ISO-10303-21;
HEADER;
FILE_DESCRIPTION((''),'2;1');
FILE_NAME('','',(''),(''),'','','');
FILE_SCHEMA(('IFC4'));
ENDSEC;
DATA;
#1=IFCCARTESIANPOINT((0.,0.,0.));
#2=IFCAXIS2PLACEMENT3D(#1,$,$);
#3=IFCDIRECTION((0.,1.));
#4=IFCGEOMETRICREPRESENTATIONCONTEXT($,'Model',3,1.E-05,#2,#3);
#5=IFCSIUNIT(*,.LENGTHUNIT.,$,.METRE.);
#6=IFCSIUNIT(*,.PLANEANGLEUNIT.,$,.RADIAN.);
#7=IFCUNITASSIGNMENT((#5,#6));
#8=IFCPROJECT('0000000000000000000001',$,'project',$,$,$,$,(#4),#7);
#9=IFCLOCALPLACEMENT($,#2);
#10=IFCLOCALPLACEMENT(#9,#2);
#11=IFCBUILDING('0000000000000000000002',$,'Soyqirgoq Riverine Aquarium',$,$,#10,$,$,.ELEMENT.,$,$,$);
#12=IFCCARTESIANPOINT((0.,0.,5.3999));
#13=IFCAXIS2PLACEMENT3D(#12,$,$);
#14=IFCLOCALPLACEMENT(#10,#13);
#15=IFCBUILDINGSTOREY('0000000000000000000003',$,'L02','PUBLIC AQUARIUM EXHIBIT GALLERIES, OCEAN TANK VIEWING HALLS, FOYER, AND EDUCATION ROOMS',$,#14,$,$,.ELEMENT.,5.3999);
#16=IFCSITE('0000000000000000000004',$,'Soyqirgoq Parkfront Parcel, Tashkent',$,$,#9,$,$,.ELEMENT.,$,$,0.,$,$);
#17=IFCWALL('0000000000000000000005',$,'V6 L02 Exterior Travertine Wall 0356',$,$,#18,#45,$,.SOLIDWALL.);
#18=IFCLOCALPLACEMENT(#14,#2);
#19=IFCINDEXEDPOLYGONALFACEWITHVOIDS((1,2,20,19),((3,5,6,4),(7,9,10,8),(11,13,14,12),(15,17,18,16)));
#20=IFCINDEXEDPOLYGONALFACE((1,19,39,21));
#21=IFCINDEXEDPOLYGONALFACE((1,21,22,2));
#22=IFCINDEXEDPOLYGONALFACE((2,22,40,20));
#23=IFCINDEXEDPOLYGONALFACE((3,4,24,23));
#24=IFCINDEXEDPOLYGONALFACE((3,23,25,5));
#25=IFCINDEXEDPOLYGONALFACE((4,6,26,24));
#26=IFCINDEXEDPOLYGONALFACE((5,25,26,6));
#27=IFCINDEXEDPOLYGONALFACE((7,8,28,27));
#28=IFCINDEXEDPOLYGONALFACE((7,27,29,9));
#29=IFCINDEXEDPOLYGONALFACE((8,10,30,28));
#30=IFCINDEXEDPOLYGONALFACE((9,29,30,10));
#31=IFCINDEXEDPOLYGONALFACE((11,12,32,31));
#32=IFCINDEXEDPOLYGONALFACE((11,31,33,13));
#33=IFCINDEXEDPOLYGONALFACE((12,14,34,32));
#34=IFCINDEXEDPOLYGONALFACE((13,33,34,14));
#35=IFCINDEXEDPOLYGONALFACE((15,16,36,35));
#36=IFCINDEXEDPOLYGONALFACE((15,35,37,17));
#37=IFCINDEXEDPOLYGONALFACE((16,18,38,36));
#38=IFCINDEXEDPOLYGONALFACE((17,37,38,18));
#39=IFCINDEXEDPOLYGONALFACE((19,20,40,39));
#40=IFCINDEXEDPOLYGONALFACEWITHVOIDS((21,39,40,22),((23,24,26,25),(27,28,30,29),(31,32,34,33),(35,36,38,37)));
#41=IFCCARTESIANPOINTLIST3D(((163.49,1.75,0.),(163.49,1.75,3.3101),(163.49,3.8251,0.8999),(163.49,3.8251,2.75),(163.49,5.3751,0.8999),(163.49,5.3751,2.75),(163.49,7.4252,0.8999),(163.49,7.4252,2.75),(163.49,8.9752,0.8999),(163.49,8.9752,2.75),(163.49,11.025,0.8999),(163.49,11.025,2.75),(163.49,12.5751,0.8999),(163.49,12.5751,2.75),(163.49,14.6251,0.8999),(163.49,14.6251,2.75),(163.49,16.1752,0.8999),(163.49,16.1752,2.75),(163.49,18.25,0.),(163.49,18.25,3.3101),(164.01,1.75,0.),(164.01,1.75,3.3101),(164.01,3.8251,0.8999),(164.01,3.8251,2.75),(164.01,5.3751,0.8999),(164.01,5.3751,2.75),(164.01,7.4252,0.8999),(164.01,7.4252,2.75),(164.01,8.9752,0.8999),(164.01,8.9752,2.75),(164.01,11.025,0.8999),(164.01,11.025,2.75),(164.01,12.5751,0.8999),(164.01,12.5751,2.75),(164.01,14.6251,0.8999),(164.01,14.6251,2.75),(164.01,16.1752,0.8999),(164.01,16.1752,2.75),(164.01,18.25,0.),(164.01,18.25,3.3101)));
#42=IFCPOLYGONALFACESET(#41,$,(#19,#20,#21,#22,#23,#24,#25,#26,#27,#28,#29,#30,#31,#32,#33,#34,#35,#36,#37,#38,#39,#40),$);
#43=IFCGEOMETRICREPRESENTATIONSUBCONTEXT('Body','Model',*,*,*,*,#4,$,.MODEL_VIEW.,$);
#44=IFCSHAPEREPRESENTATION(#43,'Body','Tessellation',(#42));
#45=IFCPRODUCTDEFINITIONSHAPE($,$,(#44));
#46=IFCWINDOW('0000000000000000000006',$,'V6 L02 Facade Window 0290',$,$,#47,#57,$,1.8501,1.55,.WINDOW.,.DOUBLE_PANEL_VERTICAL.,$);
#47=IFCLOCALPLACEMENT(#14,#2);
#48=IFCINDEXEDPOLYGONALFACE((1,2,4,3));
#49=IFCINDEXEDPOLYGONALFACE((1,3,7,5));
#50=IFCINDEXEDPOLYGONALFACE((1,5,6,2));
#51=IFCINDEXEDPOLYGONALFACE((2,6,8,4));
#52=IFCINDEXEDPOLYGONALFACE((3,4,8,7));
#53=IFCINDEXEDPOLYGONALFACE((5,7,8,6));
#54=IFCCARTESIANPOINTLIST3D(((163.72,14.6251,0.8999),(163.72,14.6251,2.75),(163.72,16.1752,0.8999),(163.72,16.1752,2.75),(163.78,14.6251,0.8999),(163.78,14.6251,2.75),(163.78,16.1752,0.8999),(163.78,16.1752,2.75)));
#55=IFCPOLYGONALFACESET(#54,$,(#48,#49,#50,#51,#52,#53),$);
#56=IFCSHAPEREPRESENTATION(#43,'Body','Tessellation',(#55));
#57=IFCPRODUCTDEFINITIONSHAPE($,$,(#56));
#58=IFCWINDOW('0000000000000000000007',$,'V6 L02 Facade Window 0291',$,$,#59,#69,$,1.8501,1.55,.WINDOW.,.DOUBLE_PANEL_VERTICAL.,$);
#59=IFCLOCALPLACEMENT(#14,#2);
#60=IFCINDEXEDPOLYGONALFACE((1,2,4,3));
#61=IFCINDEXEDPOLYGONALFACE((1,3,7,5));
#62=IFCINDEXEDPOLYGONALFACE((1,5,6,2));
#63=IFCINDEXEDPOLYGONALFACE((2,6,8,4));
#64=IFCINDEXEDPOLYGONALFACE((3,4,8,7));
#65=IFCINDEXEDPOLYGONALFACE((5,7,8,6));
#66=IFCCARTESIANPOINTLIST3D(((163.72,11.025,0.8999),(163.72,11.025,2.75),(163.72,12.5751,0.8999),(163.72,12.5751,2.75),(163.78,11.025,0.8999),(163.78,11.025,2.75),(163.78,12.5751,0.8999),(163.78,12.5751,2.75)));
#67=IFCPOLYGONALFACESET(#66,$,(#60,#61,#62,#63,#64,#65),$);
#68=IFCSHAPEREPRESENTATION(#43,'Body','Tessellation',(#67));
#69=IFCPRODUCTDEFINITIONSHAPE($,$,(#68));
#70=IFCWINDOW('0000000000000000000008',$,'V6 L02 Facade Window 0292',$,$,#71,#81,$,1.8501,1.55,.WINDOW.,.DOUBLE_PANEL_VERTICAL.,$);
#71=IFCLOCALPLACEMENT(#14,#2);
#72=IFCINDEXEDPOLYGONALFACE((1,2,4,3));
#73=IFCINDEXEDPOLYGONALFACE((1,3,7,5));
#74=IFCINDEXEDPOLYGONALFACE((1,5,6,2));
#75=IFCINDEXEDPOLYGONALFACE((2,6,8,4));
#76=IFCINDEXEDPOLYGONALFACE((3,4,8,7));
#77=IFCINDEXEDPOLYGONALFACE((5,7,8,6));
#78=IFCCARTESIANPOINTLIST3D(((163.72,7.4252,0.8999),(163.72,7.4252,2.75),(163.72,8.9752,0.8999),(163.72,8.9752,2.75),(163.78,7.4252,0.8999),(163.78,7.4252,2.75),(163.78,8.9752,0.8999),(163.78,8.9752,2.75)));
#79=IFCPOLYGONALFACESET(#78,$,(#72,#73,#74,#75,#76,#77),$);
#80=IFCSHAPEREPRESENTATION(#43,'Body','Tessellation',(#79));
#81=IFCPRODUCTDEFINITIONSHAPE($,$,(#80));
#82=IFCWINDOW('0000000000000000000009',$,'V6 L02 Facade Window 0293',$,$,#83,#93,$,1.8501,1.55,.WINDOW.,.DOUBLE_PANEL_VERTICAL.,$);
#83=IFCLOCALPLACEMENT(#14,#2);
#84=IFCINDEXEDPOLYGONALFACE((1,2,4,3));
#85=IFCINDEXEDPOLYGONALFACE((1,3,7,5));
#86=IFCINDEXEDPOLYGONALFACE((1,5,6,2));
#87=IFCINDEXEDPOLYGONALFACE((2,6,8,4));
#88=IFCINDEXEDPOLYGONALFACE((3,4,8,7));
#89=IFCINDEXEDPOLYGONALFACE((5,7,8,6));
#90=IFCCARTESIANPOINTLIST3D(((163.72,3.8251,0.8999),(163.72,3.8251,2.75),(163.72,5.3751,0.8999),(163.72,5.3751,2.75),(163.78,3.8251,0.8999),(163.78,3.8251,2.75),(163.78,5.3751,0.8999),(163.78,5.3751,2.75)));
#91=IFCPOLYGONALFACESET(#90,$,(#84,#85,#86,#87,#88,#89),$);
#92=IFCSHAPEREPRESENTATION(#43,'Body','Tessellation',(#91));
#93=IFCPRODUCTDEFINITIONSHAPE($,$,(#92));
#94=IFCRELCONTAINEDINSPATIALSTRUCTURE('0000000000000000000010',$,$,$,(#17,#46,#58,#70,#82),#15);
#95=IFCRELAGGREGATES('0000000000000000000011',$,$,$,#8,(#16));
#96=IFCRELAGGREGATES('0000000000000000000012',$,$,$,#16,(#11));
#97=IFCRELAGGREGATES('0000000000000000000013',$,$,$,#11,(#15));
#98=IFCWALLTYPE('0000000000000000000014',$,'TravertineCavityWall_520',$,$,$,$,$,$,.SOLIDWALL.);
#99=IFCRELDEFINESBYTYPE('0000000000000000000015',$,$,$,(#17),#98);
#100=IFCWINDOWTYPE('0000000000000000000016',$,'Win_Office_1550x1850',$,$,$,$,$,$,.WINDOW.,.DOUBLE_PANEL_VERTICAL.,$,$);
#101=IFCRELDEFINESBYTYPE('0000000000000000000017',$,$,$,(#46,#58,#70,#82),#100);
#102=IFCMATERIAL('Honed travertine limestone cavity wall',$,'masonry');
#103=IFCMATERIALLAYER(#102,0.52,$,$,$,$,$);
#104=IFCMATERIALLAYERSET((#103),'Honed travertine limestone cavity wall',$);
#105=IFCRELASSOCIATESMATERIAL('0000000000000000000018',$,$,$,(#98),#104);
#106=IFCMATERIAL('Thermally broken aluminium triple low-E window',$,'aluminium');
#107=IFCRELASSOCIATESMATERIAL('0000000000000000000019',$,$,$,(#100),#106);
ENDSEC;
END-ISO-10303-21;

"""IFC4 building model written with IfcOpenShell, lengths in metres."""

from ifc_helpers import new_model, si_unit, direction, frame, frame_2d, origin, place, context, subcontext, project, spatial, rectangle, extrude, material, layer, layer_set, type_object, element, fill, save


model = new_model("IFC4")

# Units and contexts
model_context = context("Model", 3, precision=1e-05, world=origin(), true_north=direction((0.0, 1.0)))
body_context = subcontext(model_context, "Body", "Model", "MODEL_VIEW")
ifc_project = project(units=[si_unit("LENGTHUNIT", "METRE"), si_unit("PLANEANGLEUNIT", "RADIAN")], contexts=[model_context])

# Site, building, storey
site_placement = place(None, origin())
site = spatial("IfcSite", under=ifc_project, at=site_placement, Name="Soyqirgoq Parkfront Parcel, Tashkent", CompositionType="ELEMENT", RefElevation=0.0)
building_placement = place(site_placement, origin())
building = spatial("IfcBuilding", under=site, at=building_placement, Name="Soyqirgoq Riverine Aquarium", CompositionType="ELEMENT")
storey_placement = place(building_placement, frame((0.0, 0.0, 5.3999)))
storey = spatial("IfcBuildingStorey", under=building, at=storey_placement, Name="L02", Description="PUBLIC AQUARIUM EXHIBIT GALLERIES, OCEAN TANK VIEWING HALLS, FOYER, AND EDUCATION ROOMS", CompositionType="ELEMENT", Elevation=5.3999)

# Wall, openings, windows
ifc_material_1 = material(Name="Honed travertine limestone cavity wall", Category="masonry")
ifc_layer_1 = layer(ifc_material_1, 0.52)
ifc_layer_set_1 = layer_set([ifc_layer_1], Name="Honed travertine limestone cavity wall")
wall_type = type_object("IfcWallType", Name="TravertineCavityWall_520", PredefinedType="SOLIDWALL", material=ifc_layer_set_1)
wall_placement = place(storey_placement, frame((163.75, 18.25, 0.0), z_axis=(0.0, 0.0, 1.0), x_axis=(0.0, -1.0, 0.0)))
wall = element("IfcWall", 1, at=wall_placement, inside=storey, type_object=wall_type, Name="V6 L02 Exterior Travertine Wall 0356", PredefinedType="SOLIDWALL", context=body_context, shape_type="SweptSolid", body=[
    extrude(rectangle(XDim=16.5, YDim=0.52, at=frame_2d((8.25, 0.0))), origin(), (0.0, 0.0, 1.0), 3.3101),
])
opening_1_placement = place(wall_placement, frame((2.075, 0.0, 0.8999)))
opening_1 = element("IfcOpeningElement", 2, at=opening_1_placement, cuts=wall, PredefinedType="OPENING", context=body_context, shape_type="SweptSolid", body=[
    extrude(rectangle(XDim=1.55, YDim=1.8501, at=frame_2d((0.7749, 0.925))), frame((0.0, 0.27, 0.0), z_axis=(0.0, -1.0, 0.0), x_axis=(1.0, 0.0, 0.0)), (0.0, 0.0, 1.0), 0.54),
])
opening_2_placement = place(wall_placement, frame((5.675, 0.0, 0.8999)))
opening_2 = element("IfcOpeningElement", 3, at=opening_2_placement, cuts=wall, PredefinedType="OPENING", context=body_context, shape_type="SweptSolid", body=[
    extrude(rectangle(XDim=1.55, YDim=1.8501, at=frame_2d((0.7749, 0.925))), frame((0.0, 0.27, 0.0), z_axis=(0.0, -1.0, 0.0), x_axis=(1.0, 0.0, 0.0)), (0.0, 0.0, 1.0), 0.54),
])
opening_3_placement = place(wall_placement, frame((9.2749, 0.0, 0.8999)))
opening_3 = element("IfcOpeningElement", 4, at=opening_3_placement, cuts=wall, PredefinedType="OPENING", context=body_context, shape_type="SweptSolid", body=[
    extrude(rectangle(XDim=1.55, YDim=1.8501, at=frame_2d((0.7749, 0.925))), frame((0.0, 0.27, 0.0), z_axis=(0.0, -1.0, 0.0), x_axis=(1.0, 0.0, 0.0)), (0.0, 0.0, 1.0), 0.54),
])
opening_4_placement = place(wall_placement, frame((12.875, 0.0, 0.8999)))
opening_4 = element("IfcOpeningElement", 5, at=opening_4_placement, cuts=wall, PredefinedType="OPENING", context=body_context, shape_type="SweptSolid", body=[
    extrude(rectangle(XDim=1.55, YDim=1.8501, at=frame_2d((0.7749, 0.925))), frame((0.0, 0.27, 0.0), z_axis=(0.0, -1.0, 0.0), x_axis=(1.0, 0.0, 0.0)), (0.0, 0.0, 1.0), 0.54),
])
ifc_material_2 = material(Name="Thermally broken aluminium triple low-E window", Category="aluminium")
window_type = type_object("IfcWindowType", Name="Win_Office_1550x1850", PartitioningType="DOUBLE_PANEL_VERTICAL", PredefinedType="WINDOW", material=ifc_material_2)
window_1_placement = place(opening_1_placement, origin())
window_1 = element("IfcWindow", 6, at=window_1_placement, inside=storey, type_object=window_type, Name="V6 L02 Facade Window 0290", OverallHeight=1.8501, OverallWidth=1.55, PartitioningType="DOUBLE_PANEL_VERTICAL", PredefinedType="WINDOW", context=body_context, shape_type="SweptSolid", body=[
    extrude(rectangle(XDim=1.55, YDim=1.8501, at=frame_2d((0.7749, 0.925))), frame((0.0, 0.03, 0.0), z_axis=(0.0, -1.0, 0.0), x_axis=(1.0, 0.0, 0.0)), (0.0, 0.0, 1.0), 0.0601),
])
fill(opening_1, window_1)
window_2_placement = place(opening_2_placement, origin())
window_2 = element("IfcWindow", 7, at=window_2_placement, inside=storey, type_object=window_type, Name="V6 L02 Facade Window 0291", OverallHeight=1.8501, OverallWidth=1.55, PartitioningType="DOUBLE_PANEL_VERTICAL", PredefinedType="WINDOW", context=body_context, shape_type="SweptSolid", body=[
    extrude(rectangle(XDim=1.55, YDim=1.8501, at=frame_2d((0.7749, 0.925))), frame((0.0, 0.03, 0.0), z_axis=(0.0, -1.0, 0.0), x_axis=(1.0, 0.0, 0.0)), (0.0, 0.0, 1.0), 0.0601),
])
fill(opening_2, window_2)
window_3_placement = place(opening_3_placement, origin())
window_3 = element("IfcWindow", 8, at=window_3_placement, inside=storey, type_object=window_type, Name="V6 L02 Facade Window 0292", OverallHeight=1.8501, OverallWidth=1.55, PartitioningType="DOUBLE_PANEL_VERTICAL", PredefinedType="WINDOW", context=body_context, shape_type="SweptSolid", body=[
    extrude(rectangle(XDim=1.55, YDim=1.8501, at=frame_2d((0.7749, 0.925))), frame((0.0, 0.03, 0.0), z_axis=(0.0, -1.0, 0.0), x_axis=(1.0, 0.0, 0.0)), (0.0, 0.0, 1.0), 0.0601),
])
fill(opening_3, window_3)
window_4_placement = place(opening_4_placement, origin())
window_4 = element("IfcWindow", 9, at=window_4_placement, inside=storey, type_object=window_type, Name="V6 L02 Facade Window 0293", OverallHeight=1.8501, OverallWidth=1.55, PartitioningType="DOUBLE_PANEL_VERTICAL", PredefinedType="WINDOW", context=body_context, shape_type="SweptSolid", body=[
    extrude(rectangle(XDim=1.55, YDim=1.8501, at=frame_2d((0.7749, 0.925))), frame((0.0, 0.03, 0.0), z_axis=(0.0, -1.0, 0.0), x_axis=(1.0, 0.0, 0.0)), (0.0, 0.0, 1.0), 0.0601),
])
fill(opening_4, window_4)

save(model, "model.ifc")
